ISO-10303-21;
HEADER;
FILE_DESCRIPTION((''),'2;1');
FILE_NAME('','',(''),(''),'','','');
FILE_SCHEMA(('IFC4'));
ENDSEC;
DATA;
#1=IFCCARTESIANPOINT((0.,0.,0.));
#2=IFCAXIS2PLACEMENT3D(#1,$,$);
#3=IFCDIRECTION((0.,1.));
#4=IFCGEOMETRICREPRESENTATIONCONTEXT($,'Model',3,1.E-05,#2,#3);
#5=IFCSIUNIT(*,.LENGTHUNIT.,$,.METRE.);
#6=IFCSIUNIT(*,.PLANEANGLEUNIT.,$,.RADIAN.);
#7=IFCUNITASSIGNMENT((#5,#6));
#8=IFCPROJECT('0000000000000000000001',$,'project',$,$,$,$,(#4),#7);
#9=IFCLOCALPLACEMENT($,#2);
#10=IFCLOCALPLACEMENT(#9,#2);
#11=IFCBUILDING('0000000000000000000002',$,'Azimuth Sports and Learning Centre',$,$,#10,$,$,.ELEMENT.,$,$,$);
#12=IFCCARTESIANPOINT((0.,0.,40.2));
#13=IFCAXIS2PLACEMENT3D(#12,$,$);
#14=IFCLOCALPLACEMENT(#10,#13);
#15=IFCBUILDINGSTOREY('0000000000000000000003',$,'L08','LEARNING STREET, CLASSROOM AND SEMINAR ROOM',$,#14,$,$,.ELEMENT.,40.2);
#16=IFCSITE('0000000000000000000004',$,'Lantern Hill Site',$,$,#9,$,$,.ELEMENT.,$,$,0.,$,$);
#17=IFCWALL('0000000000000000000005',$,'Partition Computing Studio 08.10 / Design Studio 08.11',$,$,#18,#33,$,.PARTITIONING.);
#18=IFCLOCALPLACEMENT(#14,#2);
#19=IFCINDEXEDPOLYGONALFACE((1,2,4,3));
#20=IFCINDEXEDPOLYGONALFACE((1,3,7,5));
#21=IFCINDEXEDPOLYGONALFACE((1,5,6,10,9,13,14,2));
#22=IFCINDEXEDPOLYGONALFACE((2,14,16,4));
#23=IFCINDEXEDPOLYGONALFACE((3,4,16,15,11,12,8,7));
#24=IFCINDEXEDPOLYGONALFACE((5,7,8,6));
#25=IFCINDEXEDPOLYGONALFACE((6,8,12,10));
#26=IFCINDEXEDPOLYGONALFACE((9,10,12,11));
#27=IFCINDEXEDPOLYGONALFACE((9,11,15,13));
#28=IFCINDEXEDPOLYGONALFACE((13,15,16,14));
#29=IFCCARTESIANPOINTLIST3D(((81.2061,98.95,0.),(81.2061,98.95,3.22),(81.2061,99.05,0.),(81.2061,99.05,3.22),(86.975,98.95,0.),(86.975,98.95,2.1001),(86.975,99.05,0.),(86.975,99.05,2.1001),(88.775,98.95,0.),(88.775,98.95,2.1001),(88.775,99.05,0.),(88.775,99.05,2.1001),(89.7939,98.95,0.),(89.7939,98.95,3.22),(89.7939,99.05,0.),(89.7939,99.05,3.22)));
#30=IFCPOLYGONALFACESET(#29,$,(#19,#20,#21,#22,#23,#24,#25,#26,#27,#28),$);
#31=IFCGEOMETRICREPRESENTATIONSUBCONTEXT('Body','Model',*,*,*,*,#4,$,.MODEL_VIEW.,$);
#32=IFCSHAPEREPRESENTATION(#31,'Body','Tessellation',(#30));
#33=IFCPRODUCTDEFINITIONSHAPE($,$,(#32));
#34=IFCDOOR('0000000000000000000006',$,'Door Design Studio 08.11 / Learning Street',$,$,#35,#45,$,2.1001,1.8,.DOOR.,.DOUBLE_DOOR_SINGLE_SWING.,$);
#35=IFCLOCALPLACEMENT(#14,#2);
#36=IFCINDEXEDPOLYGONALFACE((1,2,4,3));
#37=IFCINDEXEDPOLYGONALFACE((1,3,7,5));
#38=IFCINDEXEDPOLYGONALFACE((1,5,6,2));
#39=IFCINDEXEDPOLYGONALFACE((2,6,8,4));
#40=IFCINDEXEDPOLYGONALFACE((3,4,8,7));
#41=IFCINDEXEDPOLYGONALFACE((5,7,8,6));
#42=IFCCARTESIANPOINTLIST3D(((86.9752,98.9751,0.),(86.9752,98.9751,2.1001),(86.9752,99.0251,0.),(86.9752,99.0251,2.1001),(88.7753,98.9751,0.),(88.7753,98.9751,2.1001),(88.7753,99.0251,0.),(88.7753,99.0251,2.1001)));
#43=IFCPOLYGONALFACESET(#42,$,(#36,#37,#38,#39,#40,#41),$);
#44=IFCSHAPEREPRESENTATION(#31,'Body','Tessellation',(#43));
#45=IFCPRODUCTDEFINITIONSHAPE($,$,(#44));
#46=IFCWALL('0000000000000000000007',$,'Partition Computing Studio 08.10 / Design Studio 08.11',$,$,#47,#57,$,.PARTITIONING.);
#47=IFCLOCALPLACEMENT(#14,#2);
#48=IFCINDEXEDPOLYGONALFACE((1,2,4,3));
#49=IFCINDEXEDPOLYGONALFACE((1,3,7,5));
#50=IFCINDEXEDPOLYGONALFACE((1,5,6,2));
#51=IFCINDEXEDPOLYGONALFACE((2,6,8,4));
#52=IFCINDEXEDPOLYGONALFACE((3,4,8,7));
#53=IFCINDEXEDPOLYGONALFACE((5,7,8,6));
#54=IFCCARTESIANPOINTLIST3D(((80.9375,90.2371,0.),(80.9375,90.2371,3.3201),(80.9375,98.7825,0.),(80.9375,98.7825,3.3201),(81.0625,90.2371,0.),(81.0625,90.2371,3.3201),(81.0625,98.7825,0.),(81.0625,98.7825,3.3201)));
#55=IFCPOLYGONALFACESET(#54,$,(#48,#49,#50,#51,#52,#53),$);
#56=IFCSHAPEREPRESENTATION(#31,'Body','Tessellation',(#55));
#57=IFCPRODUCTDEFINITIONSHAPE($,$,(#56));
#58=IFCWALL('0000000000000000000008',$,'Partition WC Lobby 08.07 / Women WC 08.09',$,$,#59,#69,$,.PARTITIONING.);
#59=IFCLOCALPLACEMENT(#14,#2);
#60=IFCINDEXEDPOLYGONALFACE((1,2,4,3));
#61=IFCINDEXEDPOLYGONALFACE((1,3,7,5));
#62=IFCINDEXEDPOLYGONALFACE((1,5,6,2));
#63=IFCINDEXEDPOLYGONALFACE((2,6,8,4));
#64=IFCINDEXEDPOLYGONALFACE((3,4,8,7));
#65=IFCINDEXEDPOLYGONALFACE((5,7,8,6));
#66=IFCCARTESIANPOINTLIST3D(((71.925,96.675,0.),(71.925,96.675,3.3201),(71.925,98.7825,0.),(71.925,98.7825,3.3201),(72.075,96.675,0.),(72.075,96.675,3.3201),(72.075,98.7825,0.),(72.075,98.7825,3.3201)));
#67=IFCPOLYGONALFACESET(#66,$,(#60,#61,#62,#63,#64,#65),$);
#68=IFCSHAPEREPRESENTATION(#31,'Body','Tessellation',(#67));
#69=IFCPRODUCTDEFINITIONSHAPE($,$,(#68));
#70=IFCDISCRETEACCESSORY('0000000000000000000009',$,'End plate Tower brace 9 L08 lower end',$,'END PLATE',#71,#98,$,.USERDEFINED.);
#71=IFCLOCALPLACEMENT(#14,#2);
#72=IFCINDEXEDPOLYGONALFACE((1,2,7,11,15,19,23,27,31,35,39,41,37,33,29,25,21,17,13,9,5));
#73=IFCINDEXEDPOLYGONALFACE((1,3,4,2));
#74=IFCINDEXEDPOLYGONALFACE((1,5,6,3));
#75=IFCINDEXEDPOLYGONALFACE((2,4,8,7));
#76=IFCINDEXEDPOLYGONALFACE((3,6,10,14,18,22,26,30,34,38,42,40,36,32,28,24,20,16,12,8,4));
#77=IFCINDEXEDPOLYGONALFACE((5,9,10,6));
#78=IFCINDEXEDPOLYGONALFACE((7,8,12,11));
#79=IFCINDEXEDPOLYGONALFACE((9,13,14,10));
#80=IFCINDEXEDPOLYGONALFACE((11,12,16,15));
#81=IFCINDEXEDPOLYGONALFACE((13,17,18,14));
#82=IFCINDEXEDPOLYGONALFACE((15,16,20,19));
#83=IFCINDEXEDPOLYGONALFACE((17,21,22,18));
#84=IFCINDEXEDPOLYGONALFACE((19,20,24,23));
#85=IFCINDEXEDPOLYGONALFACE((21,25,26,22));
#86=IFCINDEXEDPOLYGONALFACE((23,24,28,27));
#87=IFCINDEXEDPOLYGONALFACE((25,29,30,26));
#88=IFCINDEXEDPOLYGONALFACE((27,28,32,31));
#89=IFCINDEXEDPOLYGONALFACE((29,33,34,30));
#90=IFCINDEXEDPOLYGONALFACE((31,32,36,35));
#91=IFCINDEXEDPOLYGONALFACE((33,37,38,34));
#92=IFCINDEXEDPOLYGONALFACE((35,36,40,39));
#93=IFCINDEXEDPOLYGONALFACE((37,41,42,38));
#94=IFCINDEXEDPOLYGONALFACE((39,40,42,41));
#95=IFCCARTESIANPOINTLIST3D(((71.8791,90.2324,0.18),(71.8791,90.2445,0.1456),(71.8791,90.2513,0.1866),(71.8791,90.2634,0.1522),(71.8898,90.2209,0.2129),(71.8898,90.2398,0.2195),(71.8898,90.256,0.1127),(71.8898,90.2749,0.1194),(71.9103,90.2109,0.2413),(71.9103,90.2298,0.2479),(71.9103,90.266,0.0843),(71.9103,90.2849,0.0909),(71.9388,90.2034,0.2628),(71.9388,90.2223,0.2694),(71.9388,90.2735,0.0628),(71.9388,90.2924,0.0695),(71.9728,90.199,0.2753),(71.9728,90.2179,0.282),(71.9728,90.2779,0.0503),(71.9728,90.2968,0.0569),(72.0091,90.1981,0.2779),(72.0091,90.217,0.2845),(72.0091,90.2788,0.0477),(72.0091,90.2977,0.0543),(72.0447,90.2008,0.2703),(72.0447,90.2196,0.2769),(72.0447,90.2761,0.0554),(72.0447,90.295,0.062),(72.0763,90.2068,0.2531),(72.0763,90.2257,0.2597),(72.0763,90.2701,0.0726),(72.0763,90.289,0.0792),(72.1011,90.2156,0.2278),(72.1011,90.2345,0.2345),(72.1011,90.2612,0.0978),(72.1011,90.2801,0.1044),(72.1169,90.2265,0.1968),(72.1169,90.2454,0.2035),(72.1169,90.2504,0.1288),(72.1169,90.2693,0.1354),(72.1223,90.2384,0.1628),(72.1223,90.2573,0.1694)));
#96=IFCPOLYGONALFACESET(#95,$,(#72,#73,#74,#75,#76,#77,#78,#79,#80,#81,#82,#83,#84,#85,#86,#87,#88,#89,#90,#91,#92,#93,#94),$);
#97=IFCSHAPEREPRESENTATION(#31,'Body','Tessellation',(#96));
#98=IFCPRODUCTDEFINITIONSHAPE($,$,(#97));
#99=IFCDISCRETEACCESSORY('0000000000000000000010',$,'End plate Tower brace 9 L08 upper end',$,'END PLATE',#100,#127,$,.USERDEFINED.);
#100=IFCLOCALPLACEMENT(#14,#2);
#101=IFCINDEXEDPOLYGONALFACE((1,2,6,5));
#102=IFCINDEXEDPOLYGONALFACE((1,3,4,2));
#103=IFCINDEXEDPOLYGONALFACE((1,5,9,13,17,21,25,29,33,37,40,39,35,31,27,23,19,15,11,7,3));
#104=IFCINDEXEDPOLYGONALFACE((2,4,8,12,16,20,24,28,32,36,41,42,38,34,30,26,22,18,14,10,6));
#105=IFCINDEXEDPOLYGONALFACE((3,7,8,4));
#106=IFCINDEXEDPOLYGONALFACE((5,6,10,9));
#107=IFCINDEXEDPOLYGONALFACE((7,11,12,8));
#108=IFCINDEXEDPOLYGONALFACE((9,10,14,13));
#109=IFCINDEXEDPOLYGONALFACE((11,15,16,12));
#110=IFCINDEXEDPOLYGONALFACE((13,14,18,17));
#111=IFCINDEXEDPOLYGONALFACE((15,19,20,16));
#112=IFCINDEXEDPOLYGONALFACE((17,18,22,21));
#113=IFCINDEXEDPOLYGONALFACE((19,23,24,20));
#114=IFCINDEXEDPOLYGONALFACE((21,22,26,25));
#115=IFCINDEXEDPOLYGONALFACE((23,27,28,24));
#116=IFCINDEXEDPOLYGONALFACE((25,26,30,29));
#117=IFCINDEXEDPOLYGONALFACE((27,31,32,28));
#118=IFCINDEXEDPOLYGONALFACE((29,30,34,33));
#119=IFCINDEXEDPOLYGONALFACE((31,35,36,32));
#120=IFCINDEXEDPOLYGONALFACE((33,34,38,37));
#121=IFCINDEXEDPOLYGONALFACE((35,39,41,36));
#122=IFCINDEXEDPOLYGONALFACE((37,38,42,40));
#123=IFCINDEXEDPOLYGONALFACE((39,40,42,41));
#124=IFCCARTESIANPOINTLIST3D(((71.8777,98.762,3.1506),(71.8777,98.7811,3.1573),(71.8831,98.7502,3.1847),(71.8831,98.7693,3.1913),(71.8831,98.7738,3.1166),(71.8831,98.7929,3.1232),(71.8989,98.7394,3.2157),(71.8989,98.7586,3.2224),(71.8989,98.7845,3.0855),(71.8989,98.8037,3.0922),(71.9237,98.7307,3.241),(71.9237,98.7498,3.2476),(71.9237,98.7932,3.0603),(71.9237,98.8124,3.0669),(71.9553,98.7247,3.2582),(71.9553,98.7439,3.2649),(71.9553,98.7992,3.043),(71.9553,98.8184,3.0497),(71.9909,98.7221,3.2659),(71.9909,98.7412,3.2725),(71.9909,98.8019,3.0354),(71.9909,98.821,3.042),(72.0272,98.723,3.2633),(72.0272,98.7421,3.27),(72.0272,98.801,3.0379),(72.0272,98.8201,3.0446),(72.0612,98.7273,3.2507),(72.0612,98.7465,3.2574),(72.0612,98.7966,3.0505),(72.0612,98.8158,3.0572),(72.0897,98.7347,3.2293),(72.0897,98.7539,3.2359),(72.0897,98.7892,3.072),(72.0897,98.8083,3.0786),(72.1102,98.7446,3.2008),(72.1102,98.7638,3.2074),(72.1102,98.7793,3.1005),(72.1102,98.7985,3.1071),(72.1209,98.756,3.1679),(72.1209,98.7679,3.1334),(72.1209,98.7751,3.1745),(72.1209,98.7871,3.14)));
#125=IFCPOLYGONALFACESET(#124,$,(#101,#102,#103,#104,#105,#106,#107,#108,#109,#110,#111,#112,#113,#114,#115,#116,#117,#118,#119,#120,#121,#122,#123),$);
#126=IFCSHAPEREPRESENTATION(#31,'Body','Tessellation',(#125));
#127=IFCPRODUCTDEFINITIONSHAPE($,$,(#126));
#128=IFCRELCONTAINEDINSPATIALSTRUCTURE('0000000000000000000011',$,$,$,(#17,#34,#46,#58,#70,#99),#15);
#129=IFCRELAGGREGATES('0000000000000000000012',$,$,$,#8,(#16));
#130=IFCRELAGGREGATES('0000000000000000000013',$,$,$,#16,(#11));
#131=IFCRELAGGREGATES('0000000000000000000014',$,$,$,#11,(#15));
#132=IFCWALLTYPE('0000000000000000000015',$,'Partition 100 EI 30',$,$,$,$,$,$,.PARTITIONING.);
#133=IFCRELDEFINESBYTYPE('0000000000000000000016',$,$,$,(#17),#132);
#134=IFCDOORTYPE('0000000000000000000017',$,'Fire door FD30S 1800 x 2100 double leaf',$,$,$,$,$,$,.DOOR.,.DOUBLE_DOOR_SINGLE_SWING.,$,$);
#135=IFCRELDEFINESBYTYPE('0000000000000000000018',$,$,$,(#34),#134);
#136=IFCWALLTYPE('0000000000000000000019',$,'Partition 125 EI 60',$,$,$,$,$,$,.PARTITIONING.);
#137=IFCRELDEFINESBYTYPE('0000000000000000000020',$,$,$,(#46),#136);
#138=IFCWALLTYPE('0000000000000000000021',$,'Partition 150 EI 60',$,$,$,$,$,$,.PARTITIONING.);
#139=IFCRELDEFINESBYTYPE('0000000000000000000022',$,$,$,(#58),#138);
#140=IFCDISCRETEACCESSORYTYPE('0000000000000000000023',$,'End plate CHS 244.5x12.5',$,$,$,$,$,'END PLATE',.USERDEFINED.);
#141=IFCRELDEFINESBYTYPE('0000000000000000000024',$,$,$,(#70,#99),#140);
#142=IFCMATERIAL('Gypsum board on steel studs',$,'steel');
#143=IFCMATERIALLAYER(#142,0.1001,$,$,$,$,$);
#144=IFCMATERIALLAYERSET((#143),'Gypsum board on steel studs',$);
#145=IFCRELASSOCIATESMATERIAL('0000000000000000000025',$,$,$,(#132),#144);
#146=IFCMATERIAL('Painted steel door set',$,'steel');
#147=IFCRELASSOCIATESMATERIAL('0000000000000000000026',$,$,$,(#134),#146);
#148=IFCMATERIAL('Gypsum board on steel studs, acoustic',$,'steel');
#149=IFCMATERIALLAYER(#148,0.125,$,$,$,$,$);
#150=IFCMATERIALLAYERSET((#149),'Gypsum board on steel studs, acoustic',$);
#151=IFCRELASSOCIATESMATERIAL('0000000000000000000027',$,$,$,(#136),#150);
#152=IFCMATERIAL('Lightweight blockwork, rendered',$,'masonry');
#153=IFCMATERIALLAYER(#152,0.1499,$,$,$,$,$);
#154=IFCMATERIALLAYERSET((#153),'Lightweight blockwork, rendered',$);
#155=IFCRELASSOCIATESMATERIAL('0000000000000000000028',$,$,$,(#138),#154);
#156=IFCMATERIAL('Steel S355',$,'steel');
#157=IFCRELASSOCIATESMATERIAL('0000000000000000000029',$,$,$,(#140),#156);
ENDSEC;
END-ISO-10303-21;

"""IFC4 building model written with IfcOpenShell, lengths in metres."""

from ifc_helpers import new_model, si_unit, direction, frame, frame_2d, origin, origin_2d, place, context, subcontext, project, spatial, rectangle, circle, extrude, material, layer, layer_set, material_profile, profile_set, type_object, element, fill, save


model = new_model("IFC4")

# Units and contexts
model_context = context("Model", 3, precision=1e-05, world=origin(), true_north=direction((0.0, 1.0)))
body_context = subcontext(model_context, "Body", "Model", "MODEL_VIEW")
ifc_project = project(units=[si_unit("LENGTHUNIT", "METRE"), si_unit("PLANEANGLEUNIT", "RADIAN")], contexts=[model_context])

# Site, building, storey
site_placement = place(None, origin())
site = spatial("IfcSite", under=ifc_project, at=site_placement, Name="Lantern Hill Site", CompositionType="ELEMENT", RefElevation=0.0)
building_placement = place(site_placement, origin())
building = spatial("IfcBuilding", under=site, at=building_placement, Name="Azimuth Sports and Learning Centre", CompositionType="ELEMENT")
storey_placement = place(building_placement, frame((0.0, 0.0, 40.2)))
storey = spatial("IfcBuildingStorey", under=building, at=storey_placement, Name="L08", Description="LEARNING STREET, CLASSROOM AND SEMINAR ROOM", CompositionType="ELEMENT", Elevation=40.2)

# Wall, opening, door
ifc_material_1 = material(Name="Gypsum board on steel studs", Category="steel")
ifc_layer_1 = layer(ifc_material_1, 0.1001)
ifc_layer_set_1 = layer_set([ifc_layer_1], Name="Gypsum board on steel studs")
wall_type_1 = type_object("IfcWallType", Name="Partition 100 EI 30", PredefinedType="PARTITIONING", material=ifc_layer_set_1)
ifc_material_2 = material(Name="Painted steel door set", Category="steel")
door_type = type_object("IfcDoorType", Name="Fire door FD30S 1800 x 2100 double leaf", OperationType="DOUBLE_DOOR_SINGLE_SWING", PredefinedType="DOOR", material=ifc_material_2)
wall_1_placement = place(storey_placement, frame((81.2061, 99.0, 0.0), z_axis=(0.0, 0.0, 1.0), x_axis=(1.0, 0.0, 0.0)))
wall_1 = element("IfcWall", 1, at=wall_1_placement, inside=storey, type_object=wall_type_1, Name="Partition Computing Studio 08.10 / Design Studio 08.11", PredefinedType="PARTITIONING", context=body_context, shape_type="SweptSolid", body=[
    extrude(rectangle(XDim=8.5879, YDim=0.1001, at=frame_2d((4.2939, 0.0))), origin(), (0.0, 0.0, 1.0), 3.22),
])
opening_1_placement = place(wall_1_placement, frame((5.769, 0.0, 0.0)))
opening_1 = element("IfcOpeningElement", 2, at=opening_1_placement, cuts=wall_1, PredefinedType="OPENING", context=body_context, shape_type="SweptSolid", body=[
    extrude(rectangle(XDim=1.8, YDim=2.1001, at=frame_2d((0.8999, 1.05))), frame((0.0, 0.061, 0.0), z_axis=(0.0, -1.0, 0.0), x_axis=(1.0, 0.0, 0.0)), (0.0, 0.0, 1.0), 0.1221),
])
door_1_placement = place(opening_1_placement, frame((1.8, 0.0, 0.0), z_axis=(0.0, 0.0, 1.0), x_axis=(-1.0, 0.0, 0.0)))
door_1 = element("IfcDoor", 3, at=door_1_placement, inside=storey, type_object=door_type, Name="Door Design Studio 08.11 / Learning Street", OperationType="DOUBLE_DOOR_SINGLE_SWING", OverallHeight=2.1001, OverallWidth=1.8, PredefinedType="DOOR", context=body_context, shape_type="SweptSolid", body=[
    extrude(rectangle(XDim=1.8, YDim=2.1001, at=frame_2d((0.8999, 1.05))), frame((0.0, 0.0249, 0.0), z_axis=(0.0, -1.0, 0.0), x_axis=(1.0, 0.0, 0.0)), (0.0, 0.0, 1.0), 0.05),
])
fill(opening_1, door_1)

# Walls
ifc_material_3 = material(Name="Gypsum board on steel studs, acoustic", Category="steel")
ifc_layer_2 = layer(ifc_material_3, 0.125)
ifc_layer_set_2 = layer_set([ifc_layer_2], Name="Gypsum board on steel studs, acoustic")
wall_type_2 = type_object("IfcWallType", Name="Partition 125 EI 60", PredefinedType="PARTITIONING", material=ifc_layer_set_2)
wall_2_placement = place(storey_placement, frame((81.0, 90.2371, 0.0), z_axis=(0.0, 0.0, 1.0), x_axis=(0.0, 1.0, 0.0)))
element("IfcWall", 4, at=wall_2_placement, inside=storey, type_object=wall_type_2, Name="Partition Computing Studio 08.10 / Design Studio 08.11", PredefinedType="PARTITIONING", context=body_context, shape_type="SweptSolid", body=[
    extrude(rectangle(XDim=8.5454, YDim=0.125, at=frame_2d((4.2727, 0.0))), origin(), (0.0, 0.0, 1.0), 3.3201),
])
ifc_material_4 = material(Name="Lightweight blockwork, rendered", Category="masonry")
ifc_layer_3 = layer(ifc_material_4, 0.1499)
ifc_layer_set_3 = layer_set([ifc_layer_3], Name="Lightweight blockwork, rendered")
wall_type_3 = type_object("IfcWallType", Name="Partition 150 EI 60", PredefinedType="PARTITIONING", material=ifc_layer_set_3)
wall_3_placement = place(storey_placement, frame((72.0, 96.675, 0.0), z_axis=(0.0, 0.0, 1.0), x_axis=(0.0, 1.0, 0.0)))
element("IfcWall", 5, at=wall_3_placement, inside=storey, type_object=wall_type_3, Name="Partition WC Lobby 08.07 / Women WC 08.09", PredefinedType="PARTITIONING", context=body_context, shape_type="SweptSolid", body=[
    extrude(rectangle(XDim=2.1074, YDim=0.1499, at=frame_2d((1.0537, 0.0))), origin(), (0.0, 0.0, 1.0), 3.3201),
])

# Discrete accessories
ifc_material_5 = material(Name="Steel S355", Category="steel")
ifc_material_profile_1 = material_profile(ifc_material_5, circle(Radius=0.1223, at=origin_2d()), Name="PL 244 DISC")
ifc_profile_set_1 = profile_set([ifc_material_profile_1], Name="Steel S355")
discrete_accessory_type = type_object("IfcDiscreteAccessoryType", Name="End plate CHS 244.5x12.5", ElementType="END PLATE", PredefinedType="USERDEFINED", material=ifc_profile_set_1)
discrete_accessory_1_placement = place(storey_placement, frame((72.0, 90.2573, 0.1694), z_axis=(0.0, -0.943667, -0.330896), x_axis=(1.0, 0.0, 0.0)))
element("IfcDiscreteAccessory", 6, at=discrete_accessory_1_placement, inside=storey, type_object=discrete_accessory_type, Name="End plate Tower brace 9 L08 lower end", ObjectType="END PLATE", PredefinedType="USERDEFINED", context=body_context, shape_type="SweptSolid", body=[
    extrude(circle(Radius=0.1223, at=origin_2d()), origin(), (0.0, 0.0, 1.0), 0.02),
])
discrete_accessory_2_placement = place(storey_placement, frame((72.0, 98.762, 3.1506), z_axis=(0.0, 0.944986, 0.327111), x_axis=(-1.0, 0.0, 0.0)))
element("IfcDiscreteAccessory", 7, at=discrete_accessory_2_placement, inside=storey, type_object=discrete_accessory_type, Name="End plate Tower brace 9 L08 upper end", ObjectType="END PLATE", PredefinedType="USERDEFINED", context=body_context, shape_type="SweptSolid", body=[
    extrude(circle(Radius=0.1223, at=origin_2d()), origin(), (0.0, 0.0, 1.0), 0.0203),
])

save(model, "model.ifc")
